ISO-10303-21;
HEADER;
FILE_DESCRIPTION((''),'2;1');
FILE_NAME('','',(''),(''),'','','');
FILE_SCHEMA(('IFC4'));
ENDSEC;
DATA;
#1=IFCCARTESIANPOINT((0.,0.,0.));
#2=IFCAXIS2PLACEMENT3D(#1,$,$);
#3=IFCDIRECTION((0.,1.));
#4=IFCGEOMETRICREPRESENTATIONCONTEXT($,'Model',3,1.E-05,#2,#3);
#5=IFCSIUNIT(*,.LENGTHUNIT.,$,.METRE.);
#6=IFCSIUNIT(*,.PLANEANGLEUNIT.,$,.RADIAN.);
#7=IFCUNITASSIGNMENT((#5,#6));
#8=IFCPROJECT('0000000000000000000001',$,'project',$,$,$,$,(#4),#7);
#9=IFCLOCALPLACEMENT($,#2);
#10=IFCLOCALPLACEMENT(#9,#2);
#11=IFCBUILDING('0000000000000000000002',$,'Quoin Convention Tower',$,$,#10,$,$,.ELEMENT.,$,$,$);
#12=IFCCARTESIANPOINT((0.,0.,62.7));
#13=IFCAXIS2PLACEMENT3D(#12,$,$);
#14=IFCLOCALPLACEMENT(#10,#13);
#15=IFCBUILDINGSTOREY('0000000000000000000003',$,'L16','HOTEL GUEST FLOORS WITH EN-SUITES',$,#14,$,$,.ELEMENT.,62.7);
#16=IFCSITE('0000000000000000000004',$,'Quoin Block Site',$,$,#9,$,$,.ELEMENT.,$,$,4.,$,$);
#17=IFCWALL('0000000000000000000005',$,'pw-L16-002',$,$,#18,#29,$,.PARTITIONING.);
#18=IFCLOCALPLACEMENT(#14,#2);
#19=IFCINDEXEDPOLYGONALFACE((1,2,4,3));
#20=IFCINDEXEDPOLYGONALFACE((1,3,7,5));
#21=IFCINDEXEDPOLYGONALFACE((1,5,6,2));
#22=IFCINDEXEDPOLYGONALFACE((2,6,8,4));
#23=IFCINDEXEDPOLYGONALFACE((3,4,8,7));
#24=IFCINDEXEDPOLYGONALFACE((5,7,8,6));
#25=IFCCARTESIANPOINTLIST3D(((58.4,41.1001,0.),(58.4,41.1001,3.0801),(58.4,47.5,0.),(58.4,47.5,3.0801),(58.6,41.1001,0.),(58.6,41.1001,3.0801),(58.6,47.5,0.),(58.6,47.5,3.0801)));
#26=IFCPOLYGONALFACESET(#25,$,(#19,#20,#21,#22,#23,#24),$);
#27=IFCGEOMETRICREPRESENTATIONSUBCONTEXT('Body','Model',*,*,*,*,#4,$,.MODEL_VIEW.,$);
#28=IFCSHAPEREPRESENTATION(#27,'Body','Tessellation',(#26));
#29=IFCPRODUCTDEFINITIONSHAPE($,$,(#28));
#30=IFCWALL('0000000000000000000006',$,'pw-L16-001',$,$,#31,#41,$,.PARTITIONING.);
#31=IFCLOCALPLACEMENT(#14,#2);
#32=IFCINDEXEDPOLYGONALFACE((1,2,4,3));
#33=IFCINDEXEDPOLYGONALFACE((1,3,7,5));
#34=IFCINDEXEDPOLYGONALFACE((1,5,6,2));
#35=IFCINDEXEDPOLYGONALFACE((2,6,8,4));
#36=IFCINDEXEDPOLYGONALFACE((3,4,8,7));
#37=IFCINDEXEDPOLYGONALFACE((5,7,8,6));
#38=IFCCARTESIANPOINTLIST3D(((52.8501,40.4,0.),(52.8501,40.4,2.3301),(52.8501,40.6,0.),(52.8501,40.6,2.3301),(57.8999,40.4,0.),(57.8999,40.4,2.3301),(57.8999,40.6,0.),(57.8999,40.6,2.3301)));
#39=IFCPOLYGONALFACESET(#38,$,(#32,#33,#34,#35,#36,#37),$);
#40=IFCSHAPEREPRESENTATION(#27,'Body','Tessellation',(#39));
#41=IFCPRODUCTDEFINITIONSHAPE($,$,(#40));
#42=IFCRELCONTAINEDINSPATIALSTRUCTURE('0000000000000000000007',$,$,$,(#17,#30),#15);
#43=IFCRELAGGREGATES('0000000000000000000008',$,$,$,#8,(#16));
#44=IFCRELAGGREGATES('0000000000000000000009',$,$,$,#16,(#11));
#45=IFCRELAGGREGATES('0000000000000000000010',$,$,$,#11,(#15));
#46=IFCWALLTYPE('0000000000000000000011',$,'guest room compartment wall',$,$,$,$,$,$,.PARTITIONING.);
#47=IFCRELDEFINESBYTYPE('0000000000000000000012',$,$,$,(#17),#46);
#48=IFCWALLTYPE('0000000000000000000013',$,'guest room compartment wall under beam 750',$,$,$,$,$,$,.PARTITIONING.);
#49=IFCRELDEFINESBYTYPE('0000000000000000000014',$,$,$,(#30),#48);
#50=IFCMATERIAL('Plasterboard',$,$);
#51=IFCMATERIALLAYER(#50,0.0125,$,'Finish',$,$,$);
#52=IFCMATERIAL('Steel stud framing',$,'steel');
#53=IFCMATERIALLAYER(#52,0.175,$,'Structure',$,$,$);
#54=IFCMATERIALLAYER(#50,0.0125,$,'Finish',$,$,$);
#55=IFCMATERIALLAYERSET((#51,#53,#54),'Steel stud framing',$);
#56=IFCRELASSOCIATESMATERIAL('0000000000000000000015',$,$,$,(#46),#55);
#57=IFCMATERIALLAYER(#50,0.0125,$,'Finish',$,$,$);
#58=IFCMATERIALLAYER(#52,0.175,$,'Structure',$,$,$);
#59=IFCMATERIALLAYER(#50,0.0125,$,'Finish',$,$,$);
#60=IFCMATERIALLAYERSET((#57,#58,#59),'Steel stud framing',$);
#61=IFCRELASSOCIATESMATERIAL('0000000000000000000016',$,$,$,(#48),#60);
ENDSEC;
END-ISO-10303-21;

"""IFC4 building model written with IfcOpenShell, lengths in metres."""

from ifc_helpers import new_model, si_unit, direction, frame, frame_2d, origin, place, context, subcontext, project, spatial, rectangle, extrude, material, layer, layer_set, type_object, element, save


model = new_model("IFC4")

# Units and contexts
model_context = context("Model", 3, precision=1e-05, world=origin(), true_north=direction((0.0, 1.0)))
body_context = subcontext(model_context, "Body", "Model", "MODEL_VIEW")
ifc_project = project(units=[si_unit("LENGTHUNIT", "METRE"), si_unit("PLANEANGLEUNIT", "RADIAN")], contexts=[model_context])

# Site, building, storey
site_placement = place(None, origin())
site = spatial("IfcSite", under=ifc_project, at=site_placement, Name="Quoin Block Site", CompositionType="ELEMENT", RefElevation=4.0)
building_placement = place(site_placement, origin())
building = spatial("IfcBuilding", under=site, at=building_placement, Name="Quoin Convention Tower", CompositionType="ELEMENT")
storey_placement = place(building_placement, frame((0.0, 0.0, 62.7)))
storey = spatial("IfcBuildingStorey", under=building, at=storey_placement, Name="L16", Description="HOTEL GUEST FLOORS WITH EN-SUITES", CompositionType="ELEMENT", Elevation=62.7)

# Walls
ifc_material_1 = material(Name="Plasterboard")
ifc_layer_1 = layer(ifc_material_1, 0.0125, Name="Finish")
ifc_material_2 = material(Name="Steel stud framing", Category="steel")
ifc_layer_2 = layer(ifc_material_2, 0.175, Name="Structure")
ifc_layer_3 = layer(ifc_material_1, 0.0125, Name="Finish")
ifc_layer_set_1 = layer_set([ifc_layer_1, ifc_layer_2, ifc_layer_3], Name="Steel stud framing")
wall_type_1 = type_object("IfcWallType", Name="guest room compartment wall", PredefinedType="PARTITIONING", material=ifc_layer_set_1)
wall_1_placement = place(storey_placement, frame((58.5, 41.1001, 0.0), z_axis=(0.0, 0.0, 1.0), x_axis=(0.0, 1.0, 0.0)))
element("IfcWall", 1, at=wall_1_placement, inside=storey, type_object=wall_type_1, Name="pw-L16-002", PredefinedType="PARTITIONING", context=body_context, shape_type="SweptSolid", body=[
    extrude(rectangle(XDim=6.3999, YDim=0.2, at=frame_2d((3.2, 0.0))), origin(), (0.0, 0.0, 1.0), 3.0801),
])
ifc_layer_4 = layer(ifc_material_1, 0.0125, Name="Finish")
ifc_layer_5 = layer(ifc_material_2, 0.175, Name="Structure")
ifc_layer_6 = layer(ifc_material_1, 0.0125, Name="Finish")
ifc_layer_set_2 = layer_set([ifc_layer_4, ifc_layer_5, ifc_layer_6], Name="Steel stud framing")
wall_type_2 = type_object("IfcWallType", Name="guest room compartment wall under beam 750", PredefinedType="PARTITIONING", material=ifc_layer_set_2)
wall_2_placement = place(storey_placement, frame((52.8501, 40.5, 0.0), z_axis=(0.0, 0.0, 1.0), x_axis=(1.0, 0.0, 0.0)))
element("IfcWall", 2, at=wall_2_placement, inside=storey, type_object=wall_type_2, Name="pw-L16-001", PredefinedType="PARTITIONING", context=body_context, shape_type="SweptSolid", body=[
    extrude(rectangle(XDim=5.0498, YDim=0.2, at=frame_2d((2.5249, 0.0))), origin(), (0.0, 0.0, 1.0), 2.3301),
])

save(model, "model.ifc")
